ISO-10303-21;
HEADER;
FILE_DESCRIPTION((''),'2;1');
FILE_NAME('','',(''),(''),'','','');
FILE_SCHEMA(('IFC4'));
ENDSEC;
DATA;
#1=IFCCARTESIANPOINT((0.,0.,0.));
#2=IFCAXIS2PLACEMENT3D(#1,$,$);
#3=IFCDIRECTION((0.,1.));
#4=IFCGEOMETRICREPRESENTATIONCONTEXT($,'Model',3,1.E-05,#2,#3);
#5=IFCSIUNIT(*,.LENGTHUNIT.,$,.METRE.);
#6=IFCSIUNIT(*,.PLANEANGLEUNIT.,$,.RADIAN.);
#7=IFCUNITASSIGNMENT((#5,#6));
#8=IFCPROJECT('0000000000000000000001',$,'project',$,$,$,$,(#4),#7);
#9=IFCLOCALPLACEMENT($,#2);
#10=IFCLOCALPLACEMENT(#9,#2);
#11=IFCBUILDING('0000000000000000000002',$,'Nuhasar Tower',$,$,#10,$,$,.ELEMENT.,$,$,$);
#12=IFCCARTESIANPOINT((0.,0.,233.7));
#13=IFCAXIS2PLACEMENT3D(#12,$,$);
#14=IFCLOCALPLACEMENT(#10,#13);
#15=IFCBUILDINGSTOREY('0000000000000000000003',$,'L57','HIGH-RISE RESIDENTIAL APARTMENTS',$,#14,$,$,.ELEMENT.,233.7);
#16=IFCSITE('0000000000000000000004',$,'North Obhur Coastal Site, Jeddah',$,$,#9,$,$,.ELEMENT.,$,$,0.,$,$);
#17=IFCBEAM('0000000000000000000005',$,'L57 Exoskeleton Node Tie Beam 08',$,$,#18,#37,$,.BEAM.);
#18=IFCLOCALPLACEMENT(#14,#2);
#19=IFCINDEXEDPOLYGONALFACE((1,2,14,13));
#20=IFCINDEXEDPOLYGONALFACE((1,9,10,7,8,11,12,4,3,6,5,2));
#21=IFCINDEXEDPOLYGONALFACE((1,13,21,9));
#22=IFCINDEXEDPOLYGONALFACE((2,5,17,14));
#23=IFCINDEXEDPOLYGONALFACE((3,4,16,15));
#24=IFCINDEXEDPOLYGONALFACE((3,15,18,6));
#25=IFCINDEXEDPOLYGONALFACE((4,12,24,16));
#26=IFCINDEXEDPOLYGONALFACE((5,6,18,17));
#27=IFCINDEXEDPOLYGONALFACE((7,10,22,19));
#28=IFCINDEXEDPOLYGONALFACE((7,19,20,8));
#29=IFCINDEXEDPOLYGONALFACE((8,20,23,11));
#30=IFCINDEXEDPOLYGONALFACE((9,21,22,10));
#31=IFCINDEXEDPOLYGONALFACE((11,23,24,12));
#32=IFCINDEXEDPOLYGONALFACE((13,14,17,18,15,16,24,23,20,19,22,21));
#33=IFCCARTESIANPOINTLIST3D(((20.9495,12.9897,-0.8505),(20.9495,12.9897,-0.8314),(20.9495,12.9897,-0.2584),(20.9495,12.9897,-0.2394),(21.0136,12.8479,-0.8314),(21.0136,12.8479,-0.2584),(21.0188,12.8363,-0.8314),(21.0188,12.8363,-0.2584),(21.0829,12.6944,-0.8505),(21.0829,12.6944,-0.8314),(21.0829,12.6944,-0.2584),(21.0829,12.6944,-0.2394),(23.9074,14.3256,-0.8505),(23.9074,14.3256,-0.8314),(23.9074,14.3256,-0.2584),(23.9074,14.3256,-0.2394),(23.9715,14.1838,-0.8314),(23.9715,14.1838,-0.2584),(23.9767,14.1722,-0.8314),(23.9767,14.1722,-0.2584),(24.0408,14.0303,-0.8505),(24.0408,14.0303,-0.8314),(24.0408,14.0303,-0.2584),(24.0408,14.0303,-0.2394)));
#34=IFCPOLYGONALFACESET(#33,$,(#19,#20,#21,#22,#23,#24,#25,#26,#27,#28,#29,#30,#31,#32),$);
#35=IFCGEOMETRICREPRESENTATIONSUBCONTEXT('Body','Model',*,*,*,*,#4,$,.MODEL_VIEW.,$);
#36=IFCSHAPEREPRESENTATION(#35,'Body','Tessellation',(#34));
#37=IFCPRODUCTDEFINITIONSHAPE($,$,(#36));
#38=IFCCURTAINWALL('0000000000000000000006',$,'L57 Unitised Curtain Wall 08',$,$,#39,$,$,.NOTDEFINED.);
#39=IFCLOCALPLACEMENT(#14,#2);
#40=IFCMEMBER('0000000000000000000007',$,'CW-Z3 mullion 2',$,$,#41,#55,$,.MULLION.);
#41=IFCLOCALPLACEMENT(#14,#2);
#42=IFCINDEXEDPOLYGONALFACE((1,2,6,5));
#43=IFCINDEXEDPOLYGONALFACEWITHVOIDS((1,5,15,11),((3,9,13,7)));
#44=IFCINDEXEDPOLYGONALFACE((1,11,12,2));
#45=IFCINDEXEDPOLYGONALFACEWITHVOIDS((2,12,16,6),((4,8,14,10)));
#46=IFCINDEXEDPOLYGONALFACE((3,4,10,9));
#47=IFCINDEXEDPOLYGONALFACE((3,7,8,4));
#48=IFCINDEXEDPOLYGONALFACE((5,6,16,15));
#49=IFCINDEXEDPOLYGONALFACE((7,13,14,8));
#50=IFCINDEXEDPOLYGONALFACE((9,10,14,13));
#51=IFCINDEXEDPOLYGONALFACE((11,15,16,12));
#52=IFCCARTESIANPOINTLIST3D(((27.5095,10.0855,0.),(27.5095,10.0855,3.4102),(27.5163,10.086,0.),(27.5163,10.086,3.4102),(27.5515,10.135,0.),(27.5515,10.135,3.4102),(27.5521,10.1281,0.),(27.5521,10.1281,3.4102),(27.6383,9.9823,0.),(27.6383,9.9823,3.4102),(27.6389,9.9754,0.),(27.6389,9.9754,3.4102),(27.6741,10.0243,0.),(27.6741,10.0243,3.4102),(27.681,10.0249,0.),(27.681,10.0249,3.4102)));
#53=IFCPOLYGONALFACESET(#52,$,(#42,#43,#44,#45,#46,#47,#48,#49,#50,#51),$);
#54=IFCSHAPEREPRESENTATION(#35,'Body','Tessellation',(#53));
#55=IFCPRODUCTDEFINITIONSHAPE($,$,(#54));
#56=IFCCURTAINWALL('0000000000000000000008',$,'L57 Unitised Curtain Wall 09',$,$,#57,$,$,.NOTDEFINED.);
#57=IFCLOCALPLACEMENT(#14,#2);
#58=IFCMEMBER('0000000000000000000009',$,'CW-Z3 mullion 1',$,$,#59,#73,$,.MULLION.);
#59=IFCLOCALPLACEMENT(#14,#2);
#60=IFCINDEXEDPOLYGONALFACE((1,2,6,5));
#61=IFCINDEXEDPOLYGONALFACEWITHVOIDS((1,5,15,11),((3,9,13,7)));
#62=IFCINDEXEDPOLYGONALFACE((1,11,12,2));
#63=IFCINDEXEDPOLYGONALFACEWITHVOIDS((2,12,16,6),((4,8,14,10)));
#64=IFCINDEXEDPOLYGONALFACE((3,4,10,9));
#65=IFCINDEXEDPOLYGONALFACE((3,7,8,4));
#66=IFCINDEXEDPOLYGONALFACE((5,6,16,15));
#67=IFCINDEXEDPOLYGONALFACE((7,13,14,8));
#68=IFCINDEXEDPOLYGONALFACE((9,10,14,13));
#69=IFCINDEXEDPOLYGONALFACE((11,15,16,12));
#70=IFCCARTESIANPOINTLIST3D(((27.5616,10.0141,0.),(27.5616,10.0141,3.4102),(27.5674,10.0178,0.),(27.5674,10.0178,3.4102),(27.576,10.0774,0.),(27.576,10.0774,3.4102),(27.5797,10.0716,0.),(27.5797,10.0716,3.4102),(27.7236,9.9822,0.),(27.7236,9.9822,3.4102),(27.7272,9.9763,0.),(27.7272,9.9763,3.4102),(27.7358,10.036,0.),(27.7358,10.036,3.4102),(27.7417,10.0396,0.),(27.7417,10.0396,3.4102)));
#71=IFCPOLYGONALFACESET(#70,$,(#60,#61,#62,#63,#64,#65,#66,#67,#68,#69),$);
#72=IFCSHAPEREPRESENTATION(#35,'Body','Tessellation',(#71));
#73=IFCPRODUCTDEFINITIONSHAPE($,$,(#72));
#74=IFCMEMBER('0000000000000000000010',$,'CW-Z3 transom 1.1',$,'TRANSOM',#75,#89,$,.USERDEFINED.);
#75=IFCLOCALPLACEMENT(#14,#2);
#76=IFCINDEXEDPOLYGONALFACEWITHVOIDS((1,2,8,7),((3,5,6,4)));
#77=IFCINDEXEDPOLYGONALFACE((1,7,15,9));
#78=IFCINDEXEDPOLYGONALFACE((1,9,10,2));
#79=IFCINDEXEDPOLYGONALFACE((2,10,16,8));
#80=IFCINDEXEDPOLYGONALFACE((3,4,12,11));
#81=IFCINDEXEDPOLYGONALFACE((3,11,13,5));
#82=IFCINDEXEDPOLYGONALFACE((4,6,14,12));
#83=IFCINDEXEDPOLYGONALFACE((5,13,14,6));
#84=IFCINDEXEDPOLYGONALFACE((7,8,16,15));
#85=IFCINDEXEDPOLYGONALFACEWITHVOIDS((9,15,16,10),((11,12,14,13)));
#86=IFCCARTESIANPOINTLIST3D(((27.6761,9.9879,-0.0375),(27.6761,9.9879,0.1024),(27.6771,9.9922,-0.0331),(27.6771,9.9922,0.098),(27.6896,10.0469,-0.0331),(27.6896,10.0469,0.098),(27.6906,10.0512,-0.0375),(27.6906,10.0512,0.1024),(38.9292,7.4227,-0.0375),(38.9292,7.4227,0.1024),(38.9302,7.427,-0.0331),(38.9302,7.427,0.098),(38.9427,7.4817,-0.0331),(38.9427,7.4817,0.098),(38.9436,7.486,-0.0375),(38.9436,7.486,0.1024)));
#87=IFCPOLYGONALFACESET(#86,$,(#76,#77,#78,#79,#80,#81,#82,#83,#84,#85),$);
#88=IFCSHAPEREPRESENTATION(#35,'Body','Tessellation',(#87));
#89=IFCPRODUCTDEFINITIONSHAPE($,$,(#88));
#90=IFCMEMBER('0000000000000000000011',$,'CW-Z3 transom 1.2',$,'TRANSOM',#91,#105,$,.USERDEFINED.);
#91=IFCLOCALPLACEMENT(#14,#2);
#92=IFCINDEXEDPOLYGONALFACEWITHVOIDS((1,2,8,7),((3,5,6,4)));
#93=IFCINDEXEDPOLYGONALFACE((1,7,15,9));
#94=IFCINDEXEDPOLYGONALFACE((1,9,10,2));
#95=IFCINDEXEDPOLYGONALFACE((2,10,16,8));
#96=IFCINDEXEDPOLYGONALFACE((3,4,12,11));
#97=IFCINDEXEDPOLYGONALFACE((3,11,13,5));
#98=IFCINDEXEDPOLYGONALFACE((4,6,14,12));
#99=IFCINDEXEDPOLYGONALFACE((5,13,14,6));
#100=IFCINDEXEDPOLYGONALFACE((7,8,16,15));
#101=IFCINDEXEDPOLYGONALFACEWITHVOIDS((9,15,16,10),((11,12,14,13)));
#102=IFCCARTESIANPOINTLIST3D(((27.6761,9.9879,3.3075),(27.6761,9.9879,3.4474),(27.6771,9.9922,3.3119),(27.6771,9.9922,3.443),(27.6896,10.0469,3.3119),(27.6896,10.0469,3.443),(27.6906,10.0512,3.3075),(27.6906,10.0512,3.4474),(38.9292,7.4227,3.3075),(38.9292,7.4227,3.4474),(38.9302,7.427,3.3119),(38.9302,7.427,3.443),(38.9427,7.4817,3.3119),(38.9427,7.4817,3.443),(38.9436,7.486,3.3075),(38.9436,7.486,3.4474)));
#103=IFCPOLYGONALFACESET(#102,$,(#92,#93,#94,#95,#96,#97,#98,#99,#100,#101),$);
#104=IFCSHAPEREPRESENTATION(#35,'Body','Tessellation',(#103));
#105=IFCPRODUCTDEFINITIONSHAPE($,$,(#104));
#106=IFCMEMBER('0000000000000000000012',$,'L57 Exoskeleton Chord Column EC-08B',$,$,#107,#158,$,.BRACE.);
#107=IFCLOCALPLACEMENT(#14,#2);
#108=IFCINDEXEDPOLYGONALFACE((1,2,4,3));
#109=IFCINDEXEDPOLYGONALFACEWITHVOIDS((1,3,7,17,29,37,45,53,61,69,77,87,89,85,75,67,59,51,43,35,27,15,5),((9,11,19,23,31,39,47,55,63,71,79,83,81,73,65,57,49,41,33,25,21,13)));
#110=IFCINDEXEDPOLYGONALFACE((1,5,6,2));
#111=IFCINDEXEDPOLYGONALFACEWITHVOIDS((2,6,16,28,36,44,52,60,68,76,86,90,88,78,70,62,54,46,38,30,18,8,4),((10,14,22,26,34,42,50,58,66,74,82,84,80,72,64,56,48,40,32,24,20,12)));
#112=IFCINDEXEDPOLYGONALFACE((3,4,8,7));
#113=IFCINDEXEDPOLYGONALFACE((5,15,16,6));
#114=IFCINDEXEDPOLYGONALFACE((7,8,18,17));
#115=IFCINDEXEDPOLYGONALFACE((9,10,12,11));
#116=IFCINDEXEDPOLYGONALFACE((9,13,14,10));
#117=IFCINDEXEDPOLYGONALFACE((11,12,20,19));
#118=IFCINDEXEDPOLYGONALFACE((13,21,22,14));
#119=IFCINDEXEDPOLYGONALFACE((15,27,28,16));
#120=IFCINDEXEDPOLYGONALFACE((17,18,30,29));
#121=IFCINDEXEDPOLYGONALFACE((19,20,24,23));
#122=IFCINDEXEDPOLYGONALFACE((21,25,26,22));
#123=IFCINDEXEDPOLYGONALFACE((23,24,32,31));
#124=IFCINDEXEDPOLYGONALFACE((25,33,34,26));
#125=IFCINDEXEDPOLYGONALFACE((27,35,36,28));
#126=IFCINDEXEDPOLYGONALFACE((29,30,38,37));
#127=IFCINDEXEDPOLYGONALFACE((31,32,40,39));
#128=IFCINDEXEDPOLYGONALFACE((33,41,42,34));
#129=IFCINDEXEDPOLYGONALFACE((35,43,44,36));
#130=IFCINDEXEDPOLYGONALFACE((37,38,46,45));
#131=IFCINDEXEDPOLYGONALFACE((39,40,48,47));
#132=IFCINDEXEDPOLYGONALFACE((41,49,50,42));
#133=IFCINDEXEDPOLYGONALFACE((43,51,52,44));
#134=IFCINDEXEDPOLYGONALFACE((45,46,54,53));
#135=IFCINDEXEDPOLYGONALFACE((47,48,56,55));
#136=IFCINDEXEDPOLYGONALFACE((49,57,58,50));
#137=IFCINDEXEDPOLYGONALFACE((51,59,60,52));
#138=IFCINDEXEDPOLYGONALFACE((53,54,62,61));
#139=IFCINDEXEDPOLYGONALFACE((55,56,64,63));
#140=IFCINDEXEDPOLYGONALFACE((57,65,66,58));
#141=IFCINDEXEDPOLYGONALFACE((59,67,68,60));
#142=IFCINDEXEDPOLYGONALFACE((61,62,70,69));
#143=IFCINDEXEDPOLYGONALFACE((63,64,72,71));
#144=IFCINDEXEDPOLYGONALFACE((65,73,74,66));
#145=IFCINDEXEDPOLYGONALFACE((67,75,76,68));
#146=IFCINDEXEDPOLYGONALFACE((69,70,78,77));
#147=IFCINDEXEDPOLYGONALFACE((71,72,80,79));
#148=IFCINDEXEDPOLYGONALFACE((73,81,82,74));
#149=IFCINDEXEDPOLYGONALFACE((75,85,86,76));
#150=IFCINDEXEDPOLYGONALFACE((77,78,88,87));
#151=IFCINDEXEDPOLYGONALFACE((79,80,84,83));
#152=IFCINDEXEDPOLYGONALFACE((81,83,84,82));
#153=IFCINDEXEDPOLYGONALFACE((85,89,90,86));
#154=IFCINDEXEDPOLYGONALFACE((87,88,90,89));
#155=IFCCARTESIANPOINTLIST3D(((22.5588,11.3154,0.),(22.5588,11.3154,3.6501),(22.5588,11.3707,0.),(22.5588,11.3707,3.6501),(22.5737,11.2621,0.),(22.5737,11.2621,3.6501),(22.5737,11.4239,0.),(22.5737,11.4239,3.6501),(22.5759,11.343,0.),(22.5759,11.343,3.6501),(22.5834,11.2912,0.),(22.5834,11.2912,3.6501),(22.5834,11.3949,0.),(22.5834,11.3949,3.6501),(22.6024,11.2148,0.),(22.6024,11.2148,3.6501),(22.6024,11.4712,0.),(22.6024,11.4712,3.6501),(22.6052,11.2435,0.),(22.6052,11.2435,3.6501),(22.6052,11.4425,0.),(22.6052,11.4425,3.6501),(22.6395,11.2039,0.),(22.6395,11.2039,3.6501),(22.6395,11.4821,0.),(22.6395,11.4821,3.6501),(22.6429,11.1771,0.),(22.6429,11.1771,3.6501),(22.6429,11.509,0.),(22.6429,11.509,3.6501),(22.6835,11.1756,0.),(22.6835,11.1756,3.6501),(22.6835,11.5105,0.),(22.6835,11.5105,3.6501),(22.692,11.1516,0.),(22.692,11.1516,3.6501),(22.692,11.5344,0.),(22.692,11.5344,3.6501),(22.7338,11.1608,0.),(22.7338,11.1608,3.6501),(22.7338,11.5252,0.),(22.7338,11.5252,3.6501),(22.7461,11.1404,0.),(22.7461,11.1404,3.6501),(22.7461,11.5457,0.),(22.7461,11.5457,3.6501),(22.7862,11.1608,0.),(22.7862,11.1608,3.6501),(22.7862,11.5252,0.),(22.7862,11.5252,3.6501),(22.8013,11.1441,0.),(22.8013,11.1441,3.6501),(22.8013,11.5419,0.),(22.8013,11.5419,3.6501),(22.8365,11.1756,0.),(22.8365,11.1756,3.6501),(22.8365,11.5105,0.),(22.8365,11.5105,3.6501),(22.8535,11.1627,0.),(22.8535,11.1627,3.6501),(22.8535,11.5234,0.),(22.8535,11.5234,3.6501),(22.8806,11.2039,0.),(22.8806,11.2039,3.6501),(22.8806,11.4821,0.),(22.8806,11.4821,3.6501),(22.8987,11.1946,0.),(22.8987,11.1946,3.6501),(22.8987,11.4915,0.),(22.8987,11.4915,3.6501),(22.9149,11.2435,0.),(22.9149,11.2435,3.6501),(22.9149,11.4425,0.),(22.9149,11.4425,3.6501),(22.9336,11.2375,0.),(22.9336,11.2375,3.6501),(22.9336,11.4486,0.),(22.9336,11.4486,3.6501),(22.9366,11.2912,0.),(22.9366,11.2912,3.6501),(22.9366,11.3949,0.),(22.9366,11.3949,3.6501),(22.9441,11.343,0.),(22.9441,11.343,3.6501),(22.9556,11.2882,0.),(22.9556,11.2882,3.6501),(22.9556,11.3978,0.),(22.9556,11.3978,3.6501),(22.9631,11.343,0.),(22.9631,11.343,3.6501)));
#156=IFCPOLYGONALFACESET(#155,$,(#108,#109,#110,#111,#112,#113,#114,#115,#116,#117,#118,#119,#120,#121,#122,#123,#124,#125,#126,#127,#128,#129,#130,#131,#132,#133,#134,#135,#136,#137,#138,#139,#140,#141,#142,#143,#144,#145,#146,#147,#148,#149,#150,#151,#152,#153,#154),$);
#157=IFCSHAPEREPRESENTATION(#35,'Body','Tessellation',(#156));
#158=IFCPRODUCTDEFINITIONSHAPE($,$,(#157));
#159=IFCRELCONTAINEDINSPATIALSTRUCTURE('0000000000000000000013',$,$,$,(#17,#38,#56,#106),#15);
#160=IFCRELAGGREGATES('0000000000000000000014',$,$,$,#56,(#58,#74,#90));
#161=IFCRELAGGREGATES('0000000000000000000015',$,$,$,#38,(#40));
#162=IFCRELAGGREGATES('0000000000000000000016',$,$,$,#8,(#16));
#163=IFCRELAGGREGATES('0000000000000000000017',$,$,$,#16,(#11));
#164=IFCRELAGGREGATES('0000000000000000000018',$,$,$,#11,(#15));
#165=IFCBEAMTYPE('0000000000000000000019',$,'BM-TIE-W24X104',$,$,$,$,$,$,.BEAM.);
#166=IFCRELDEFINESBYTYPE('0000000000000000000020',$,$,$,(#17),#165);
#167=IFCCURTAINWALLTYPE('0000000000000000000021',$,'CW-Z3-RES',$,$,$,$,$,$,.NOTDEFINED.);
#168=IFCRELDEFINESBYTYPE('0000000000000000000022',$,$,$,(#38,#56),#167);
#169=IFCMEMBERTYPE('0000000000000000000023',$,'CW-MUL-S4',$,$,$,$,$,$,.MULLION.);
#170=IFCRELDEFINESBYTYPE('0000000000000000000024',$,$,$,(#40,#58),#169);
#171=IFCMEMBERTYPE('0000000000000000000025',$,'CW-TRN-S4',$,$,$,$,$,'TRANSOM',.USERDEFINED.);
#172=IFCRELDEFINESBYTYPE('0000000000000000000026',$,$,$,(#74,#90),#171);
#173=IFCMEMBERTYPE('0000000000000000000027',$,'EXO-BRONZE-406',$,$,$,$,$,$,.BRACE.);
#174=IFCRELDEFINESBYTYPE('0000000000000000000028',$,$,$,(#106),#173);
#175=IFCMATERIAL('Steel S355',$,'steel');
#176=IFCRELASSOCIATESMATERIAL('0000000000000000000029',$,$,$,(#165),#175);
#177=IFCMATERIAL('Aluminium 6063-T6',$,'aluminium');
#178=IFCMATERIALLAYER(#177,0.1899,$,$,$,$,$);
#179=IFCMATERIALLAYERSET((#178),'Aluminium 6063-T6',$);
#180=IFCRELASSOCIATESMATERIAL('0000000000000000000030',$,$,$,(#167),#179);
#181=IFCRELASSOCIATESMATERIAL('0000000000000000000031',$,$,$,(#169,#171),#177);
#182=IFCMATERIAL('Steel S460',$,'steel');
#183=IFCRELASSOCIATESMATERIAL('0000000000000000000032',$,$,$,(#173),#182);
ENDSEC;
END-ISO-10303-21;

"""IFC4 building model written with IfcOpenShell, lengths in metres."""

from ifc_helpers import new_model, si_unit, direction, frame, origin, origin_2d, place, context, subcontext, project, spatial, hollow_rectangle, hollow_circle, i_section, extrude, material, layer, layer_set, material_profile, profile_set, type_object, element, aggregate, save


model = new_model("IFC4")

# Units and contexts
model_context = context("Model", 3, precision=1e-05, world=origin(), true_north=direction((0.0, 1.0)))
body_context = subcontext(model_context, "Body", "Model", "MODEL_VIEW")
ifc_project = project(units=[si_unit("LENGTHUNIT", "METRE"), si_unit("PLANEANGLEUNIT", "RADIAN")], contexts=[model_context])

# Site, building, storey
site_placement = place(None, origin())
site = spatial("IfcSite", under=ifc_project, at=site_placement, Name="North Obhur Coastal Site, Jeddah", CompositionType="ELEMENT", RefElevation=0.0)
building_placement = place(site_placement, origin())
building = spatial("IfcBuilding", under=site, at=building_placement, Name="Nuhasar Tower", CompositionType="ELEMENT")
storey_placement = place(building_placement, frame((0.0, 0.0, 233.7)))
storey = spatial("IfcBuildingStorey", under=building, at=storey_placement, Name="L57", Description="HIGH-RISE RESIDENTIAL APARTMENTS", CompositionType="ELEMENT", Elevation=233.7)

# Beam
ifc_material_1 = material(Name="Steel S355", Category="steel")
ifc_material_profile_1 = material_profile(ifc_material_1, i_section(OverallWidth=0.324, OverallDepth=0.6111, WebThickness=0.0127, FlangeThickness=0.019, at=origin_2d()), Name="W24X104")
ifc_profile_set_1 = profile_set([ifc_material_profile_1], Name="Steel S355")
beam_type_1 = type_object("IfcBeamType", Name="BM-TIE-W24X104", PredefinedType="BEAM", material=ifc_profile_set_1)
beam_1_placement = place(storey_placement, frame((23.9741, 14.178, -0.5449), z_axis=(-0.911363, -0.411603, 0.0), x_axis=(0.411603, -0.911363, 0.0)))
element("IfcBeam", 1, at=beam_1_placement, inside=storey, type_object=beam_type_1, Name="L57 Exoskeleton Node Tie Beam 08", PredefinedType="BEAM", context=body_context, shape_type="SweptSolid", body=[
    extrude(i_section(OverallWidth=0.324, OverallDepth=0.6111, WebThickness=0.0127, FlangeThickness=0.019, at=origin_2d()), origin(), (0.0, 0.0, 1.0), 3.2456),
])

# Curtain wall, member
ifc_material_2 = material(Name="Aluminium 6063-T6", Category="aluminium")
ifc_layer_1 = layer(ifc_material_2, 0.1899)
ifc_layer_set_1 = layer_set([ifc_layer_1], Name="Aluminium 6063-T6")
curtain_wall_type = type_object("IfcCurtainWallType", Name="CW-Z3-RES", PredefinedType="NOTDEFINED", material=ifc_layer_set_1)
curtain_wall_1_placement = place(storey_placement, origin())
curtain_wall_1 = element("IfcCurtainWall", 2, at=curtain_wall_1_placement, inside=storey, type_object=curtain_wall_type, Name="L57 Unitised Curtain Wall 08", PredefinedType="NOTDEFINED")
ifc_material_profile_2 = material_profile(ifc_material_2, hollow_rectangle(XDim=0.0649, YDim=0.1699, WallThickness=0.0049, at=origin_2d()), Name="CWM-4")
ifc_profile_set_2 = profile_set([ifc_material_profile_2], Name="Aluminium 6063-T6")
member_type_1 = type_object("IfcMemberType", Name="CW-MUL-S4", PredefinedType="MULLION", material=ifc_profile_set_2)
member_1_placement = place(storey_placement, frame((27.5952, 10.0552, 0.0), z_axis=(0.0, 0.0, 1.0), x_axis=(0.647895, 0.761729, 0.0)))
member_1 = element("IfcMember", 3, at=member_1_placement, type_object=member_type_1, Name="CW-Z3 mullion 2", PredefinedType="MULLION", context=body_context, shape_type="SweptSolid", body=[
    extrude(hollow_rectangle(XDim=0.0649, YDim=0.1699, WallThickness=0.0049, at=origin_2d()), origin(), (0.0, 0.0, 1.0), 3.4102),
])

# Curtain wall, members
curtain_wall_2_placement = place(storey_placement, origin())
curtain_wall_2 = element("IfcCurtainWall", 4, at=curtain_wall_2_placement, inside=storey, type_object=curtain_wall_type, Name="L57 Unitised Curtain Wall 09", PredefinedType="NOTDEFINED")
member_2_placement = place(storey_placement, frame((27.6516, 10.0269, 0.0), z_axis=(0.0, 0.0, 1.0), x_axis=(0.222243, 0.974991, 0.0)))
member_2 = element("IfcMember", 5, at=member_2_placement, type_object=member_type_1, Name="CW-Z3 mullion 1", PredefinedType="MULLION", context=body_context, shape_type="SweptSolid", body=[
    extrude(hollow_rectangle(XDim=0.0649, YDim=0.1699, WallThickness=0.0049, at=origin_2d()), origin(), (0.0, 0.0, 1.0), 3.4102),
])
ifc_material_profile_3 = material_profile(ifc_material_2, hollow_rectangle(XDim=0.0649, YDim=0.1399, WallThickness=0.0044, at=origin_2d()), Name="CWT-4")
ifc_profile_set_3 = profile_set([ifc_material_profile_3], Name="Aluminium 6063-T6")
member_type_2 = type_object("IfcMemberType", Name="CW-TRN-S4", ElementType="TRANSOM", PredefinedType="USERDEFINED", material=ifc_profile_set_3)
member_3_placement = place(storey_placement, frame((27.6833, 10.0195, 0.0325), z_axis=(0.974989, -0.222251, 0.0), x_axis=(0.222251, 0.974989, 0.0)))
member_3 = element("IfcMember", 6, at=member_3_placement, type_object=member_type_2, Name="CW-Z3 transom 1.1", ObjectType="TRANSOM", PredefinedType="USERDEFINED", context=body_context, shape_type="SweptSolid", body=[
    extrude(hollow_rectangle(XDim=0.0649, YDim=0.1399, WallThickness=0.0044, at=origin_2d()), origin(), (0.0, 0.0, 1.0), 11.5417),
])
member_4_placement = place(storey_placement, frame((27.6833, 10.0195, 3.3774), z_axis=(0.974989, -0.222251, 0.0), x_axis=(0.222251, 0.974989, 0.0)))
member_4 = element("IfcMember", 7, at=member_4_placement, type_object=member_type_2, Name="CW-Z3 transom 1.2", ObjectType="TRANSOM", PredefinedType="USERDEFINED", context=body_context, shape_type="SweptSolid", body=[
    extrude(hollow_rectangle(XDim=0.0649, YDim=0.1399, WallThickness=0.0044, at=origin_2d()), origin(), (0.0, 0.0, 1.0), 11.5417),
])
aggregate(curtain_wall_2, [member_2, member_3, member_4])

# Member
ifc_material_3 = material(Name="Steel S460", Category="steel")
ifc_material_profile_4 = material_profile(ifc_material_3, hollow_circle(Radius=0.2031, WallThickness=0.019, at=origin_2d()), Name="HSS406.4X19.1")
ifc_profile_set_4 = profile_set([ifc_material_profile_4], Name="Steel S460")
member_type_3 = type_object("IfcMemberType", Name="EXO-BRONZE-406", PredefinedType="BRACE", material=ifc_profile_set_4)
member_5_placement = place(storey_placement, frame((22.76, 11.343, 0.0), z_axis=(0.0, 0.0, 1.0), x_axis=(1.0, 0.0, 0.0)))
element("IfcMember", 8, at=member_5_placement, inside=storey, type_object=member_type_3, Name="L57 Exoskeleton Chord Column EC-08B", PredefinedType="BRACE", context=body_context, shape_type="SweptSolid", body=[
    extrude(hollow_circle(Radius=0.2031, WallThickness=0.019, at=origin_2d()), origin(), (0.0, 0.0, 1.0), 3.6501),
])

aggregate(curtain_wall_1, [member_1])

save(model, "model.ifc")
